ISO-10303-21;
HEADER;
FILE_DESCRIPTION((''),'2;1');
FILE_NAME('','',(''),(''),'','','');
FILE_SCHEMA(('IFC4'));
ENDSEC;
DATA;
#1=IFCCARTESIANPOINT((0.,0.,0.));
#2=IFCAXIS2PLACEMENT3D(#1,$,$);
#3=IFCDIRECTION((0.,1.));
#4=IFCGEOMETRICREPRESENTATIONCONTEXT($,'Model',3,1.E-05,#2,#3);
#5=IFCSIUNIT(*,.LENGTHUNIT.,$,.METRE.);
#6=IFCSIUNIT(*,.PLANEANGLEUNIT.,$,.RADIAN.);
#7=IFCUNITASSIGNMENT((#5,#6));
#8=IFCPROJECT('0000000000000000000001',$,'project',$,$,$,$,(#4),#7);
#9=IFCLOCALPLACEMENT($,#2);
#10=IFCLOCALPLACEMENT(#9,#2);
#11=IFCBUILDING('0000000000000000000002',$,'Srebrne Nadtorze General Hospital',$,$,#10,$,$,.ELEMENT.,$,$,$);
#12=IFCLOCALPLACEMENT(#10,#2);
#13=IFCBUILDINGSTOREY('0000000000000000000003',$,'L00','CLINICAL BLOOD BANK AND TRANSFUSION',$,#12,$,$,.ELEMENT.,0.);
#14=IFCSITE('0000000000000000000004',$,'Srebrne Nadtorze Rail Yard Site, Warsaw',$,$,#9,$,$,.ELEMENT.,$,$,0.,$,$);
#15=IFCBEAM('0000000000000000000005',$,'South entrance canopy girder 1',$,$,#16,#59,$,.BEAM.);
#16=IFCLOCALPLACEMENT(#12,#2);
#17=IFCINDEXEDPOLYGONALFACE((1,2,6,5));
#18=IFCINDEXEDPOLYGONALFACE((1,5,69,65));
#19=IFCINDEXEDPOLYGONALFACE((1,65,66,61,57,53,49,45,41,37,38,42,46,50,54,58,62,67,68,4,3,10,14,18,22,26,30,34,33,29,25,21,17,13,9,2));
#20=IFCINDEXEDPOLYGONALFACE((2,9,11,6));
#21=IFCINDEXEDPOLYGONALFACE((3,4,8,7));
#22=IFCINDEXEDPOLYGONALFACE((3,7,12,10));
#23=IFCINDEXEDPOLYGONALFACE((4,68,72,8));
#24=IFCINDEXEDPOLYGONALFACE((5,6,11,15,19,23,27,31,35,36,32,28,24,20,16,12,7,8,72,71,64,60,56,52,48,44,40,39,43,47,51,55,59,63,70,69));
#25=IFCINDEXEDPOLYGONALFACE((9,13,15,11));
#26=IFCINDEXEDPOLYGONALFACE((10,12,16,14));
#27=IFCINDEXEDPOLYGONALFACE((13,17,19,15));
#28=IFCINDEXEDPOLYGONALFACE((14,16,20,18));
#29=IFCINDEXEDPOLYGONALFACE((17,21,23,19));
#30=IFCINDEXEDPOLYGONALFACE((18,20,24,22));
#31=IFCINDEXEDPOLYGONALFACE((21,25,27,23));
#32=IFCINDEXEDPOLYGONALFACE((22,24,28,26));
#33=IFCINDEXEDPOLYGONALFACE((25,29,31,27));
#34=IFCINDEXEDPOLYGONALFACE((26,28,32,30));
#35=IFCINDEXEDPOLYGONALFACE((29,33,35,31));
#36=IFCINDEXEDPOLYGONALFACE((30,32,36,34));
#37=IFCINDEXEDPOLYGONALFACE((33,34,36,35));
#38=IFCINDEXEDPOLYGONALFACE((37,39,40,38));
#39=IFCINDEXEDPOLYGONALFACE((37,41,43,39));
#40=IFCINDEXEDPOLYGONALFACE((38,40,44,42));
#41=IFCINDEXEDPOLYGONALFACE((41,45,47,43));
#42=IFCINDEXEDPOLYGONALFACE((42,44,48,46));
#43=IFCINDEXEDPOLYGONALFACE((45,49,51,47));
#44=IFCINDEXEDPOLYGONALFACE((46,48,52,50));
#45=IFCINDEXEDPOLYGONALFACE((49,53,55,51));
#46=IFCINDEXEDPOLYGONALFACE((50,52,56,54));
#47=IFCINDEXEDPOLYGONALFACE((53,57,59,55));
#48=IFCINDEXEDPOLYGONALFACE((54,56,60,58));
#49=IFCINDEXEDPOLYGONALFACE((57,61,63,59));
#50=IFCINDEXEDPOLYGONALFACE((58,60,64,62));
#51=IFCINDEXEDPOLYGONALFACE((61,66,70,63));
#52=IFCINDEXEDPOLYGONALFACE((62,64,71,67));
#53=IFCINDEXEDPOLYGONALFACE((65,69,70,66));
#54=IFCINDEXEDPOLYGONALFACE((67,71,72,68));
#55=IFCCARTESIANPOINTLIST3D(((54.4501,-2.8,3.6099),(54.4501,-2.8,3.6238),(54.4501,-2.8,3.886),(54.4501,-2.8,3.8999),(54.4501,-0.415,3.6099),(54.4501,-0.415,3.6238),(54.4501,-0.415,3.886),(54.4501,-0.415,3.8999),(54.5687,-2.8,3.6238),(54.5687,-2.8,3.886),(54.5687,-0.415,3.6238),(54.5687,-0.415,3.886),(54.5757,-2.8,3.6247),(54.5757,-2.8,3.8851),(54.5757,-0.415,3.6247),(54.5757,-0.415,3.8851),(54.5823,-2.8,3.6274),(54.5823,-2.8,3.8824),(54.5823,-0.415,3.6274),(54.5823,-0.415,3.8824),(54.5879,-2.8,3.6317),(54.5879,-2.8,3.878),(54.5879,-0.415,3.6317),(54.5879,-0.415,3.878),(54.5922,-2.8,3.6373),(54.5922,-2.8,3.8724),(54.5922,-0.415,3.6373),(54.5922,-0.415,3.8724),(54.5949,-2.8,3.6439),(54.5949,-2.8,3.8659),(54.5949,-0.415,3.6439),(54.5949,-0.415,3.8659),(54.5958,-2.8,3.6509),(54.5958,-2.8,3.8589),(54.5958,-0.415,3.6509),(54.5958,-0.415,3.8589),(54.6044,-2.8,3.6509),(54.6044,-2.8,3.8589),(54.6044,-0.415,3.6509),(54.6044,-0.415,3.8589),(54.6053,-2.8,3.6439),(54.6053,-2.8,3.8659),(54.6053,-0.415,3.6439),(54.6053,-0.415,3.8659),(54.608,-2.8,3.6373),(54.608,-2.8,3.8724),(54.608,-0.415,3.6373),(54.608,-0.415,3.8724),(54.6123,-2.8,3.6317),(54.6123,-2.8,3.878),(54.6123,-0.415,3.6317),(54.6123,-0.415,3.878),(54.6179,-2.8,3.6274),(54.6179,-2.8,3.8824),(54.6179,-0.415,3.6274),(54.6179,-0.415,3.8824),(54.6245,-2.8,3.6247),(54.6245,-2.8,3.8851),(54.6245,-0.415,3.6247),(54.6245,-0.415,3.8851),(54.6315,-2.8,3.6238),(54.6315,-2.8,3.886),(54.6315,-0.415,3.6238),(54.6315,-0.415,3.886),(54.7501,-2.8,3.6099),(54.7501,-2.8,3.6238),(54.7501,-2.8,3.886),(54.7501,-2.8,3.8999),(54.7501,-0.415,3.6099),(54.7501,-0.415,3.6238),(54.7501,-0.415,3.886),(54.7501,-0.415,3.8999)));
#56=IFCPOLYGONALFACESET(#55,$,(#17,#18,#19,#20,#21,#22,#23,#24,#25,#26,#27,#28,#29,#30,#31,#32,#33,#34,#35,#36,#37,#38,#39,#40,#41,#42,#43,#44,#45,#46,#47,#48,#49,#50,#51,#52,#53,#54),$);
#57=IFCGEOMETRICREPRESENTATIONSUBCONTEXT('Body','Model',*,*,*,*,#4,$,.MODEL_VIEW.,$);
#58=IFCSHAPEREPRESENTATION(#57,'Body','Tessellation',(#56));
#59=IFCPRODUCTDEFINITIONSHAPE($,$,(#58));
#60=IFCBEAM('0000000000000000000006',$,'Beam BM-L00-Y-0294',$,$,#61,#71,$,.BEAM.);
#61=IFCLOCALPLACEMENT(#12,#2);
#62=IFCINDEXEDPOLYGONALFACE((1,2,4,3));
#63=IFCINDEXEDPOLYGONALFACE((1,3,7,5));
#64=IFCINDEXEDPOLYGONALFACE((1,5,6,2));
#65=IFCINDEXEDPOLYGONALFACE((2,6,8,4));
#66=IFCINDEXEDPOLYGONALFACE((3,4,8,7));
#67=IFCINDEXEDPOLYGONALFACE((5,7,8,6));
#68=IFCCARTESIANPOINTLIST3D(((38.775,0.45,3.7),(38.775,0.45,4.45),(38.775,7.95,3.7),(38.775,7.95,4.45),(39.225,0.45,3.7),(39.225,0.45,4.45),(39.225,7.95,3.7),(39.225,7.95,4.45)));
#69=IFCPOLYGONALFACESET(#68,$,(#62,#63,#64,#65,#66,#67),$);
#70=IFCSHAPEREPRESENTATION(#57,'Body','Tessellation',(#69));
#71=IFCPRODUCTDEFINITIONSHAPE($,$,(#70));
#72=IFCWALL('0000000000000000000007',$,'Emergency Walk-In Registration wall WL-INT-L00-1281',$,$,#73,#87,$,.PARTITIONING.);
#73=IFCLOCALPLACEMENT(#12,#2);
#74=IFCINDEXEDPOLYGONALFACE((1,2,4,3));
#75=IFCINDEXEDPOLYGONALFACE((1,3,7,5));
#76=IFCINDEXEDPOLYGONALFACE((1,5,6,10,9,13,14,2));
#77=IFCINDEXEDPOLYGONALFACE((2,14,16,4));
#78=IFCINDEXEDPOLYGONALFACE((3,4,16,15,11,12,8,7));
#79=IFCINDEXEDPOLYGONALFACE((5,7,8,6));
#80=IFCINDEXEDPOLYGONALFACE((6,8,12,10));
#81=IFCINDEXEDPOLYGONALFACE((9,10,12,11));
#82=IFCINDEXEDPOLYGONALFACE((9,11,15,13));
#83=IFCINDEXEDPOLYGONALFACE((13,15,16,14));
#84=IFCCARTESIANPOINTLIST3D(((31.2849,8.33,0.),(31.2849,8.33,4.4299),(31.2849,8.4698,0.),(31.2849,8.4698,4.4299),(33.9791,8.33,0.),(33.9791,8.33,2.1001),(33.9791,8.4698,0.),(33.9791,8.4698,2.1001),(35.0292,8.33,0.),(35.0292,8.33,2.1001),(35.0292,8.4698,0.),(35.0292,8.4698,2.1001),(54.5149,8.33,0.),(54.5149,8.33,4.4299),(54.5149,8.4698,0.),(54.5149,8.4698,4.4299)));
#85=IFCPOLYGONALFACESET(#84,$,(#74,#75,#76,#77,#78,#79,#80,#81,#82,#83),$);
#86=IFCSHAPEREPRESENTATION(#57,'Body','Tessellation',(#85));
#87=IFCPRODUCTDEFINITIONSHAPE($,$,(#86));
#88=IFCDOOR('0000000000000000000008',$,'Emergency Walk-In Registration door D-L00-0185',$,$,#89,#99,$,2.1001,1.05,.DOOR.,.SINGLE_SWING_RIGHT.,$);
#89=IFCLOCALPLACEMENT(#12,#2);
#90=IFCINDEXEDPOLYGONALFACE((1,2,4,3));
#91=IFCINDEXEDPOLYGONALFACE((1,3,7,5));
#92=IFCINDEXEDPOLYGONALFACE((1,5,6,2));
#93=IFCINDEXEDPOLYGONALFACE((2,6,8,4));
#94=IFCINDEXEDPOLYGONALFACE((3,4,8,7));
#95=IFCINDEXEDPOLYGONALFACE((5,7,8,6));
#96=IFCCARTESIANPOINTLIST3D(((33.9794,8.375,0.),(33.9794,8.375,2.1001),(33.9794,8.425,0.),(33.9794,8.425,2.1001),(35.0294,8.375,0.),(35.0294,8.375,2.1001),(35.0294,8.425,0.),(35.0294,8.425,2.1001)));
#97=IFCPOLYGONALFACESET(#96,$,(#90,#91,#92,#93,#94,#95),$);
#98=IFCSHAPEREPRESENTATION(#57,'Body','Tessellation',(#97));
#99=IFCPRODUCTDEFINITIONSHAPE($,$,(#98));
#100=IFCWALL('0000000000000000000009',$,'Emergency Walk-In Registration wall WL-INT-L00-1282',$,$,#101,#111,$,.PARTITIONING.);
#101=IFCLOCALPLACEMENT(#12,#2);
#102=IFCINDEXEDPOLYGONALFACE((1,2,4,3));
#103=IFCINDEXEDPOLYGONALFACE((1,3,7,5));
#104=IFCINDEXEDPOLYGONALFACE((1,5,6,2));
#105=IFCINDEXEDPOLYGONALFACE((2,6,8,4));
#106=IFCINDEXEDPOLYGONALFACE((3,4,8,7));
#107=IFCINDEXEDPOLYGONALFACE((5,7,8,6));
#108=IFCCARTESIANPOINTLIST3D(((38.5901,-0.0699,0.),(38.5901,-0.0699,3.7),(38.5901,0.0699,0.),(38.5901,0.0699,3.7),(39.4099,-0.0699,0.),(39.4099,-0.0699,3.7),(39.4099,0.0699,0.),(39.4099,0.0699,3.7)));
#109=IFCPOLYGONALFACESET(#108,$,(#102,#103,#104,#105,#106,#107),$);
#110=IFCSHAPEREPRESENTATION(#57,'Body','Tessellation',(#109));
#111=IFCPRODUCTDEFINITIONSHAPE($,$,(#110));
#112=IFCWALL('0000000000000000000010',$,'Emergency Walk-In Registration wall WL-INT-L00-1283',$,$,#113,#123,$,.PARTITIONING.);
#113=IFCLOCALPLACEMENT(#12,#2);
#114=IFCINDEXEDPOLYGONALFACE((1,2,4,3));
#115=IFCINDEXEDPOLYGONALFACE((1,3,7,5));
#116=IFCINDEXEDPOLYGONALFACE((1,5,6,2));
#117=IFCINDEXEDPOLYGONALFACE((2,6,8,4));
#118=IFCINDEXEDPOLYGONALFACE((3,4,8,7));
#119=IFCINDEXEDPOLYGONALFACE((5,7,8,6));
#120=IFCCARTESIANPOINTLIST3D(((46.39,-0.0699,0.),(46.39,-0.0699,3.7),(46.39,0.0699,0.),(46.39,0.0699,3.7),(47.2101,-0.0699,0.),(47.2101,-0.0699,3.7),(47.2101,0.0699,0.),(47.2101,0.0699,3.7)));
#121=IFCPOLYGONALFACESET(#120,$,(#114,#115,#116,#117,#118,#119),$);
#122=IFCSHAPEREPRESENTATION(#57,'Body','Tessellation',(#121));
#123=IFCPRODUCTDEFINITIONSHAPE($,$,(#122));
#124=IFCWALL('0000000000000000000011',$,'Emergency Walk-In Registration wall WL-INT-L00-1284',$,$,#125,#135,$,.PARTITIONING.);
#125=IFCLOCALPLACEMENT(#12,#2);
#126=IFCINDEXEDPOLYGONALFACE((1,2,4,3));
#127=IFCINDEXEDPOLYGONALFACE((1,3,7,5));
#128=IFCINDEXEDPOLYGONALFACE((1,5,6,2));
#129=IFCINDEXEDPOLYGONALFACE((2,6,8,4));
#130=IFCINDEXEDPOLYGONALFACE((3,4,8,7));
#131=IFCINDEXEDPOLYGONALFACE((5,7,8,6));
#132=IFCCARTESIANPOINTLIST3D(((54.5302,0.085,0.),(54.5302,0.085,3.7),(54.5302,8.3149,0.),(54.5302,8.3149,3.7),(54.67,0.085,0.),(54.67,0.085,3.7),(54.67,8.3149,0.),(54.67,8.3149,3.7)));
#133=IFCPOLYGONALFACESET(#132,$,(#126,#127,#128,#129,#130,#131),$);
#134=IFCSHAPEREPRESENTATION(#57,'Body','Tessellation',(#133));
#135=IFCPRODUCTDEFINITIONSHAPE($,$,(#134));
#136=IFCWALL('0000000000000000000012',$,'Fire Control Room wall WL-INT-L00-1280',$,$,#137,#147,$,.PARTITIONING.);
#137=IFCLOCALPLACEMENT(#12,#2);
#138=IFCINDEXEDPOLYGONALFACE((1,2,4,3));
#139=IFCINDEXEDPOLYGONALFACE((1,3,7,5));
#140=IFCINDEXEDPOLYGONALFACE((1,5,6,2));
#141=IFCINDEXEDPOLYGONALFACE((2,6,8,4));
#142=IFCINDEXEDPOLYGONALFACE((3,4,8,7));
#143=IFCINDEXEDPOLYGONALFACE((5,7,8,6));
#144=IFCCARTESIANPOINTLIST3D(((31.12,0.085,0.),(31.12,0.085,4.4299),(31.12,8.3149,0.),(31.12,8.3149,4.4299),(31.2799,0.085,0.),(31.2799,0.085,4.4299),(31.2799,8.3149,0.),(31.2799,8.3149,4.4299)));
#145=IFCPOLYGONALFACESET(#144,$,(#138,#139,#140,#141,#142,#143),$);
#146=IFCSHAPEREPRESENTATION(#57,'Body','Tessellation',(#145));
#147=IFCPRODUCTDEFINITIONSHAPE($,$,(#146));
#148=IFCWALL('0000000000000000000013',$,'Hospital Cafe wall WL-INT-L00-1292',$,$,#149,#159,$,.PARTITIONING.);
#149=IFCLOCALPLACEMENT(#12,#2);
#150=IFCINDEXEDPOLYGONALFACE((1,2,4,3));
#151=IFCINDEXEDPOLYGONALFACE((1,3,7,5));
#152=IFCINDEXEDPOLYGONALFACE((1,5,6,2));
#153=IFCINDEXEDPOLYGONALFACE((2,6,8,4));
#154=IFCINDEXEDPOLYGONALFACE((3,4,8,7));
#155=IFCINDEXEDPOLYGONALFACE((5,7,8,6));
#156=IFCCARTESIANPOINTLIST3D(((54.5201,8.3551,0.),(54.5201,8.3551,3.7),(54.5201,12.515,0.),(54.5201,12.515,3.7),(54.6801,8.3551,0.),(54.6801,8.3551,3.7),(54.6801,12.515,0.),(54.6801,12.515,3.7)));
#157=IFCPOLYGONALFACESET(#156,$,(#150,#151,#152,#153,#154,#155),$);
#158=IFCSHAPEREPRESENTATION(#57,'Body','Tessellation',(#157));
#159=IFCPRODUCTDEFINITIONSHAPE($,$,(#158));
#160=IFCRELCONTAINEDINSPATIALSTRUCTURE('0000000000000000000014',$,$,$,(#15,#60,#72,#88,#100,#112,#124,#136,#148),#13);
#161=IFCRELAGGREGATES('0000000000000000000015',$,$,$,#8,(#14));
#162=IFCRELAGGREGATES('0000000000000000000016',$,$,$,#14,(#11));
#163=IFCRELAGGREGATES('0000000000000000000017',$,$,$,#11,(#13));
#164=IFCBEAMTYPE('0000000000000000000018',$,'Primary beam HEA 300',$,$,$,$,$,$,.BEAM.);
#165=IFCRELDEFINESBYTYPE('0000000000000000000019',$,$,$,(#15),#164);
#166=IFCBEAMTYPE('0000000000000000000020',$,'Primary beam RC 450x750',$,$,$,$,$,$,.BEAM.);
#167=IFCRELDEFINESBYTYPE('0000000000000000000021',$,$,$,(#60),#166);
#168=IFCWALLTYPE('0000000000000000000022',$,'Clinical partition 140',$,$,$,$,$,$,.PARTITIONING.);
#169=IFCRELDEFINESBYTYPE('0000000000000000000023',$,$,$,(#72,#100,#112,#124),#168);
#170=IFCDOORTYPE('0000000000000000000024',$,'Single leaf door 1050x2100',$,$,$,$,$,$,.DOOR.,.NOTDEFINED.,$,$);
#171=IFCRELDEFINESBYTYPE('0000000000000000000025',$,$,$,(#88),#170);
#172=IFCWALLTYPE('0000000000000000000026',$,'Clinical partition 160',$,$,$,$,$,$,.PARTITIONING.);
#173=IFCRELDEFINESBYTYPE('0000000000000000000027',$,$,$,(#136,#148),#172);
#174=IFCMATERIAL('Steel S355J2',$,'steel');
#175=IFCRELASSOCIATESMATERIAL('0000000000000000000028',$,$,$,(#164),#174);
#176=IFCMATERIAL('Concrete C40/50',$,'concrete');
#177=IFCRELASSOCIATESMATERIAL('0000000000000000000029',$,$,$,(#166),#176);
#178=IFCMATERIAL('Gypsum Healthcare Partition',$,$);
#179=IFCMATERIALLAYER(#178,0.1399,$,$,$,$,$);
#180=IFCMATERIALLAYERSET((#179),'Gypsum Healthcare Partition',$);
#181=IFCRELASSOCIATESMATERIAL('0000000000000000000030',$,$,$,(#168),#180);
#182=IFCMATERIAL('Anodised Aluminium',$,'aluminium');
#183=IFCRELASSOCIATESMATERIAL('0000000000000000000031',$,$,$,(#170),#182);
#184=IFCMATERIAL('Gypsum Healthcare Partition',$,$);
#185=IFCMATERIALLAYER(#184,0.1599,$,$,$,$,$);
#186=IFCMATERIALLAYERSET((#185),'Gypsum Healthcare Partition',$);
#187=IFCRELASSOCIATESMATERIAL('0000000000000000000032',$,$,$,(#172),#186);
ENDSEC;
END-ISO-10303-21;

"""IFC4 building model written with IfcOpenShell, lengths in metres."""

from ifc_helpers import new_model, si_unit, direction, frame, frame_2d, origin, origin_2d, place, context, subcontext, project, spatial, rectangle, i_section, extrude, material, layer, layer_set, material_profile, profile_set, type_object, element, fill, save


model = new_model("IFC4")

# Units and contexts
model_context = context("Model", 3, precision=1e-05, world=origin(), true_north=direction((0.0, 1.0)))
body_context = subcontext(model_context, "Body", "Model", "MODEL_VIEW")
ifc_project = project(units=[si_unit("LENGTHUNIT", "METRE"), si_unit("PLANEANGLEUNIT", "RADIAN")], contexts=[model_context])

# Site, building, storey
site_placement = place(None, origin())
site = spatial("IfcSite", under=ifc_project, at=site_placement, Name="Srebrne Nadtorze Rail Yard Site, Warsaw", CompositionType="ELEMENT", RefElevation=0.0)
building_placement = place(site_placement, origin())
building = spatial("IfcBuilding", under=site, at=building_placement, Name="Srebrne Nadtorze General Hospital", CompositionType="ELEMENT")
storey_placement = place(building_placement, origin())
storey = spatial("IfcBuildingStorey", under=building, at=storey_placement, Name="L00", Description="CLINICAL BLOOD BANK AND TRANSFUSION", CompositionType="ELEMENT", Elevation=0.0)

# Beams
ifc_material_1 = material(Name="Steel S355J2", Category="steel")
ifc_material_profile_1 = material_profile(ifc_material_1, i_section(OverallWidth=0.3, OverallDepth=0.29, WebThickness=0.0085, FlangeThickness=0.0139, FilletRadius=0.0271, at=origin_2d()), Name="HEA-300")
ifc_profile_set_1 = profile_set([ifc_material_profile_1], Name="Steel S355J2")
beam_type_1 = type_object("IfcBeamType", Name="Primary beam HEA 300", PredefinedType="BEAM", material=ifc_profile_set_1)
beam_1_placement = place(storey_placement, frame((54.6001, -0.415, 3.7549), z_axis=(0.0, -1.0, 0.0), x_axis=(1.0, 0.0, 0.0)))
element("IfcBeam", 1, at=beam_1_placement, inside=storey, type_object=beam_type_1, Name="South entrance canopy girder 1", PredefinedType="BEAM", context=body_context, shape_type="SweptSolid", body=[
    extrude(i_section(OverallWidth=0.3, OverallDepth=0.29, WebThickness=0.0085, FlangeThickness=0.0139, FilletRadius=0.0271, at=origin_2d()), origin(), (0.0, 0.0, 1.0), 2.385),
])
ifc_material_2 = material(Name="Concrete C40/50", Category="concrete")
ifc_material_profile_2 = material_profile(ifc_material_2, rectangle(XDim=0.45, YDim=0.75, at=origin_2d()), Name="RC-BM-450x750")
ifc_profile_set_2 = profile_set([ifc_material_profile_2], Name="Concrete C40/50")
beam_type_2 = type_object("IfcBeamType", Name="Primary beam RC 450x750", PredefinedType="BEAM", material=ifc_profile_set_2)
beam_2_placement = place(storey_placement, frame((39.0, 0.45, 4.075), z_axis=(0.0, 1.0, 0.0), x_axis=(-1.0, 0.0, 0.0)))
element("IfcBeam", 2, at=beam_2_placement, inside=storey, type_object=beam_type_2, Name="Beam BM-L00-Y-0294", PredefinedType="BEAM", context=body_context, shape_type="SweptSolid", body=[
    extrude(rectangle(XDim=0.45, YDim=0.75, at=origin_2d()), origin(), (0.0, 0.0, 1.0), 7.5),
])

# Wall, opening, door
ifc_material_3 = material(Name="Gypsum Healthcare Partition")
ifc_layer_1 = layer(ifc_material_3, 0.1399)
ifc_layer_set_1 = layer_set([ifc_layer_1], Name="Gypsum Healthcare Partition")
wall_type_1 = type_object("IfcWallType", Name="Clinical partition 140", PredefinedType="PARTITIONING", material=ifc_layer_set_1)
wall_1_placement = place(storey_placement, frame((31.2849, 8.3999, 0.0), z_axis=(0.0, 0.0, 1.0), x_axis=(1.0, 0.0, 0.0)))
wall_1 = element("IfcWall", 3, at=wall_1_placement, inside=storey, type_object=wall_type_1, Name="Emergency Walk-In Registration wall WL-INT-L00-1281", PredefinedType="PARTITIONING", context=body_context, shape_type="SweptSolid", body=[
    extrude(rectangle(XDim=23.23, YDim=0.1399, at=frame_2d((11.615, 0.0))), origin(), (0.0, 0.0, 1.0), 4.4299),
])
opening_1_placement = place(wall_1_placement, frame((2.6943, 0.0, 0.0)))
opening_1 = element("IfcOpeningElement", 4, at=opening_1_placement, cuts=wall_1, PredefinedType="OPENING", context=body_context, shape_type="SweptSolid", body=[
    extrude(rectangle(XDim=1.05, YDim=2.1001, at=frame_2d((0.5249, 1.05))), frame((0.0, 0.082, 0.0), z_axis=(0.0, -1.0, 0.0), x_axis=(1.0, 0.0, 0.0)), (0.0, 0.0, 1.0), 0.1638),
])
ifc_material_4 = material(Name="Anodised Aluminium", Category="aluminium")
door_type = type_object("IfcDoorType", Name="Single leaf door 1050x2100", OperationType="NOTDEFINED", PredefinedType="DOOR", material=ifc_material_4)
door_placement = place(opening_1_placement, frame((1.05, 0.0, 0.0), z_axis=(0.0, 0.0, 1.0), x_axis=(-1.0, 0.0, 0.0)))
door = element("IfcDoor", 5, at=door_placement, inside=storey, type_object=door_type, Name="Emergency Walk-In Registration door D-L00-0185", OperationType="SINGLE_SWING_RIGHT", OverallHeight=2.1001, OverallWidth=1.05, PredefinedType="DOOR", context=body_context, shape_type="SweptSolid", body=[
    extrude(rectangle(XDim=1.05, YDim=2.1001, at=frame_2d((0.5249, 1.05))), frame((0.0, 0.0249, 0.0), z_axis=(0.0, -1.0, 0.0), x_axis=(1.0, 0.0, 0.0)), (0.0, 0.0, 1.0), 0.05),
])
fill(opening_1, door)

# Walls
wall_2_placement = place(storey_placement, frame((38.5901, 0.0, 0.0), z_axis=(0.0, 0.0, 1.0), x_axis=(1.0, 0.0, 0.0)))
element("IfcWall", 6, at=wall_2_placement, inside=storey, type_object=wall_type_1, Name="Emergency Walk-In Registration wall WL-INT-L00-1282", PredefinedType="PARTITIONING", context=body_context, shape_type="SweptSolid", body=[
    extrude(rectangle(XDim=0.8198, YDim=0.1399, at=frame_2d((0.4099, 0.0))), origin(), (0.0, 0.0, 1.0), 3.7),
])
wall_3_placement = place(storey_placement, frame((46.3899, 0.0, 0.0), z_axis=(0.0, 0.0, 1.0), x_axis=(1.0, 0.0, 0.0)))
element("IfcWall", 7, at=wall_3_placement, inside=storey, type_object=wall_type_1, Name="Emergency Walk-In Registration wall WL-INT-L00-1283", PredefinedType="PARTITIONING", context=body_context, shape_type="SweptSolid", body=[
    extrude(rectangle(XDim=0.8201, YDim=0.1399, at=frame_2d((0.4102, 0.0))), origin(), (0.0, 0.0, 1.0), 3.7),
])
wall_4_placement = place(storey_placement, frame((54.6001, 0.085, 0.0), z_axis=(0.0, 0.0, 1.0), x_axis=(0.0, 1.0, 0.0)))
element("IfcWall", 8, at=wall_4_placement, inside=storey, type_object=wall_type_1, Name="Emergency Walk-In Registration wall WL-INT-L00-1284", PredefinedType="PARTITIONING", context=body_context, shape_type="SweptSolid", body=[
    extrude(rectangle(XDim=8.23, YDim=0.1399, at=frame_2d((4.115, 0.0))), origin(), (0.0, 0.0, 1.0), 3.7),
])
ifc_material_5 = material(Name="Gypsum Healthcare Partition")
ifc_layer_2 = layer(ifc_material_5, 0.1599)
ifc_layer_set_2 = layer_set([ifc_layer_2], Name="Gypsum Healthcare Partition")
wall_type_2 = type_object("IfcWallType", Name="Clinical partition 160", PredefinedType="PARTITIONING", material=ifc_layer_set_2)
wall_5_placement = place(storey_placement, frame((31.2, 0.085, 0.0), z_axis=(0.0, 0.0, 1.0), x_axis=(0.0, 1.0, 0.0)))
element("IfcWall", 9, at=wall_5_placement, inside=storey, type_object=wall_type_2, Name="Fire Control Room wall WL-INT-L00-1280", PredefinedType="PARTITIONING", context=body_context, shape_type="SweptSolid", body=[
    extrude(rectangle(XDim=8.23, YDim=0.1599, at=frame_2d((4.115, 0.0))), origin(), (0.0, 0.0, 1.0), 4.4299),
])
wall_6_placement = place(storey_placement, frame((54.6001, 8.355, 0.0), z_axis=(0.0, 0.0, 1.0), x_axis=(0.0, 1.0, 0.0)))
element("IfcWall", 10, at=wall_6_placement, inside=storey, type_object=wall_type_2, Name="Hospital Cafe wall WL-INT-L00-1292", PredefinedType="PARTITIONING", context=body_context, shape_type="SweptSolid", body=[
    extrude(rectangle(XDim=4.1599, YDim=0.1599, at=frame_2d((2.0801, 0.0))), origin(), (0.0, 0.0, 1.0), 3.7),
])

save(model, "model.ifc")
